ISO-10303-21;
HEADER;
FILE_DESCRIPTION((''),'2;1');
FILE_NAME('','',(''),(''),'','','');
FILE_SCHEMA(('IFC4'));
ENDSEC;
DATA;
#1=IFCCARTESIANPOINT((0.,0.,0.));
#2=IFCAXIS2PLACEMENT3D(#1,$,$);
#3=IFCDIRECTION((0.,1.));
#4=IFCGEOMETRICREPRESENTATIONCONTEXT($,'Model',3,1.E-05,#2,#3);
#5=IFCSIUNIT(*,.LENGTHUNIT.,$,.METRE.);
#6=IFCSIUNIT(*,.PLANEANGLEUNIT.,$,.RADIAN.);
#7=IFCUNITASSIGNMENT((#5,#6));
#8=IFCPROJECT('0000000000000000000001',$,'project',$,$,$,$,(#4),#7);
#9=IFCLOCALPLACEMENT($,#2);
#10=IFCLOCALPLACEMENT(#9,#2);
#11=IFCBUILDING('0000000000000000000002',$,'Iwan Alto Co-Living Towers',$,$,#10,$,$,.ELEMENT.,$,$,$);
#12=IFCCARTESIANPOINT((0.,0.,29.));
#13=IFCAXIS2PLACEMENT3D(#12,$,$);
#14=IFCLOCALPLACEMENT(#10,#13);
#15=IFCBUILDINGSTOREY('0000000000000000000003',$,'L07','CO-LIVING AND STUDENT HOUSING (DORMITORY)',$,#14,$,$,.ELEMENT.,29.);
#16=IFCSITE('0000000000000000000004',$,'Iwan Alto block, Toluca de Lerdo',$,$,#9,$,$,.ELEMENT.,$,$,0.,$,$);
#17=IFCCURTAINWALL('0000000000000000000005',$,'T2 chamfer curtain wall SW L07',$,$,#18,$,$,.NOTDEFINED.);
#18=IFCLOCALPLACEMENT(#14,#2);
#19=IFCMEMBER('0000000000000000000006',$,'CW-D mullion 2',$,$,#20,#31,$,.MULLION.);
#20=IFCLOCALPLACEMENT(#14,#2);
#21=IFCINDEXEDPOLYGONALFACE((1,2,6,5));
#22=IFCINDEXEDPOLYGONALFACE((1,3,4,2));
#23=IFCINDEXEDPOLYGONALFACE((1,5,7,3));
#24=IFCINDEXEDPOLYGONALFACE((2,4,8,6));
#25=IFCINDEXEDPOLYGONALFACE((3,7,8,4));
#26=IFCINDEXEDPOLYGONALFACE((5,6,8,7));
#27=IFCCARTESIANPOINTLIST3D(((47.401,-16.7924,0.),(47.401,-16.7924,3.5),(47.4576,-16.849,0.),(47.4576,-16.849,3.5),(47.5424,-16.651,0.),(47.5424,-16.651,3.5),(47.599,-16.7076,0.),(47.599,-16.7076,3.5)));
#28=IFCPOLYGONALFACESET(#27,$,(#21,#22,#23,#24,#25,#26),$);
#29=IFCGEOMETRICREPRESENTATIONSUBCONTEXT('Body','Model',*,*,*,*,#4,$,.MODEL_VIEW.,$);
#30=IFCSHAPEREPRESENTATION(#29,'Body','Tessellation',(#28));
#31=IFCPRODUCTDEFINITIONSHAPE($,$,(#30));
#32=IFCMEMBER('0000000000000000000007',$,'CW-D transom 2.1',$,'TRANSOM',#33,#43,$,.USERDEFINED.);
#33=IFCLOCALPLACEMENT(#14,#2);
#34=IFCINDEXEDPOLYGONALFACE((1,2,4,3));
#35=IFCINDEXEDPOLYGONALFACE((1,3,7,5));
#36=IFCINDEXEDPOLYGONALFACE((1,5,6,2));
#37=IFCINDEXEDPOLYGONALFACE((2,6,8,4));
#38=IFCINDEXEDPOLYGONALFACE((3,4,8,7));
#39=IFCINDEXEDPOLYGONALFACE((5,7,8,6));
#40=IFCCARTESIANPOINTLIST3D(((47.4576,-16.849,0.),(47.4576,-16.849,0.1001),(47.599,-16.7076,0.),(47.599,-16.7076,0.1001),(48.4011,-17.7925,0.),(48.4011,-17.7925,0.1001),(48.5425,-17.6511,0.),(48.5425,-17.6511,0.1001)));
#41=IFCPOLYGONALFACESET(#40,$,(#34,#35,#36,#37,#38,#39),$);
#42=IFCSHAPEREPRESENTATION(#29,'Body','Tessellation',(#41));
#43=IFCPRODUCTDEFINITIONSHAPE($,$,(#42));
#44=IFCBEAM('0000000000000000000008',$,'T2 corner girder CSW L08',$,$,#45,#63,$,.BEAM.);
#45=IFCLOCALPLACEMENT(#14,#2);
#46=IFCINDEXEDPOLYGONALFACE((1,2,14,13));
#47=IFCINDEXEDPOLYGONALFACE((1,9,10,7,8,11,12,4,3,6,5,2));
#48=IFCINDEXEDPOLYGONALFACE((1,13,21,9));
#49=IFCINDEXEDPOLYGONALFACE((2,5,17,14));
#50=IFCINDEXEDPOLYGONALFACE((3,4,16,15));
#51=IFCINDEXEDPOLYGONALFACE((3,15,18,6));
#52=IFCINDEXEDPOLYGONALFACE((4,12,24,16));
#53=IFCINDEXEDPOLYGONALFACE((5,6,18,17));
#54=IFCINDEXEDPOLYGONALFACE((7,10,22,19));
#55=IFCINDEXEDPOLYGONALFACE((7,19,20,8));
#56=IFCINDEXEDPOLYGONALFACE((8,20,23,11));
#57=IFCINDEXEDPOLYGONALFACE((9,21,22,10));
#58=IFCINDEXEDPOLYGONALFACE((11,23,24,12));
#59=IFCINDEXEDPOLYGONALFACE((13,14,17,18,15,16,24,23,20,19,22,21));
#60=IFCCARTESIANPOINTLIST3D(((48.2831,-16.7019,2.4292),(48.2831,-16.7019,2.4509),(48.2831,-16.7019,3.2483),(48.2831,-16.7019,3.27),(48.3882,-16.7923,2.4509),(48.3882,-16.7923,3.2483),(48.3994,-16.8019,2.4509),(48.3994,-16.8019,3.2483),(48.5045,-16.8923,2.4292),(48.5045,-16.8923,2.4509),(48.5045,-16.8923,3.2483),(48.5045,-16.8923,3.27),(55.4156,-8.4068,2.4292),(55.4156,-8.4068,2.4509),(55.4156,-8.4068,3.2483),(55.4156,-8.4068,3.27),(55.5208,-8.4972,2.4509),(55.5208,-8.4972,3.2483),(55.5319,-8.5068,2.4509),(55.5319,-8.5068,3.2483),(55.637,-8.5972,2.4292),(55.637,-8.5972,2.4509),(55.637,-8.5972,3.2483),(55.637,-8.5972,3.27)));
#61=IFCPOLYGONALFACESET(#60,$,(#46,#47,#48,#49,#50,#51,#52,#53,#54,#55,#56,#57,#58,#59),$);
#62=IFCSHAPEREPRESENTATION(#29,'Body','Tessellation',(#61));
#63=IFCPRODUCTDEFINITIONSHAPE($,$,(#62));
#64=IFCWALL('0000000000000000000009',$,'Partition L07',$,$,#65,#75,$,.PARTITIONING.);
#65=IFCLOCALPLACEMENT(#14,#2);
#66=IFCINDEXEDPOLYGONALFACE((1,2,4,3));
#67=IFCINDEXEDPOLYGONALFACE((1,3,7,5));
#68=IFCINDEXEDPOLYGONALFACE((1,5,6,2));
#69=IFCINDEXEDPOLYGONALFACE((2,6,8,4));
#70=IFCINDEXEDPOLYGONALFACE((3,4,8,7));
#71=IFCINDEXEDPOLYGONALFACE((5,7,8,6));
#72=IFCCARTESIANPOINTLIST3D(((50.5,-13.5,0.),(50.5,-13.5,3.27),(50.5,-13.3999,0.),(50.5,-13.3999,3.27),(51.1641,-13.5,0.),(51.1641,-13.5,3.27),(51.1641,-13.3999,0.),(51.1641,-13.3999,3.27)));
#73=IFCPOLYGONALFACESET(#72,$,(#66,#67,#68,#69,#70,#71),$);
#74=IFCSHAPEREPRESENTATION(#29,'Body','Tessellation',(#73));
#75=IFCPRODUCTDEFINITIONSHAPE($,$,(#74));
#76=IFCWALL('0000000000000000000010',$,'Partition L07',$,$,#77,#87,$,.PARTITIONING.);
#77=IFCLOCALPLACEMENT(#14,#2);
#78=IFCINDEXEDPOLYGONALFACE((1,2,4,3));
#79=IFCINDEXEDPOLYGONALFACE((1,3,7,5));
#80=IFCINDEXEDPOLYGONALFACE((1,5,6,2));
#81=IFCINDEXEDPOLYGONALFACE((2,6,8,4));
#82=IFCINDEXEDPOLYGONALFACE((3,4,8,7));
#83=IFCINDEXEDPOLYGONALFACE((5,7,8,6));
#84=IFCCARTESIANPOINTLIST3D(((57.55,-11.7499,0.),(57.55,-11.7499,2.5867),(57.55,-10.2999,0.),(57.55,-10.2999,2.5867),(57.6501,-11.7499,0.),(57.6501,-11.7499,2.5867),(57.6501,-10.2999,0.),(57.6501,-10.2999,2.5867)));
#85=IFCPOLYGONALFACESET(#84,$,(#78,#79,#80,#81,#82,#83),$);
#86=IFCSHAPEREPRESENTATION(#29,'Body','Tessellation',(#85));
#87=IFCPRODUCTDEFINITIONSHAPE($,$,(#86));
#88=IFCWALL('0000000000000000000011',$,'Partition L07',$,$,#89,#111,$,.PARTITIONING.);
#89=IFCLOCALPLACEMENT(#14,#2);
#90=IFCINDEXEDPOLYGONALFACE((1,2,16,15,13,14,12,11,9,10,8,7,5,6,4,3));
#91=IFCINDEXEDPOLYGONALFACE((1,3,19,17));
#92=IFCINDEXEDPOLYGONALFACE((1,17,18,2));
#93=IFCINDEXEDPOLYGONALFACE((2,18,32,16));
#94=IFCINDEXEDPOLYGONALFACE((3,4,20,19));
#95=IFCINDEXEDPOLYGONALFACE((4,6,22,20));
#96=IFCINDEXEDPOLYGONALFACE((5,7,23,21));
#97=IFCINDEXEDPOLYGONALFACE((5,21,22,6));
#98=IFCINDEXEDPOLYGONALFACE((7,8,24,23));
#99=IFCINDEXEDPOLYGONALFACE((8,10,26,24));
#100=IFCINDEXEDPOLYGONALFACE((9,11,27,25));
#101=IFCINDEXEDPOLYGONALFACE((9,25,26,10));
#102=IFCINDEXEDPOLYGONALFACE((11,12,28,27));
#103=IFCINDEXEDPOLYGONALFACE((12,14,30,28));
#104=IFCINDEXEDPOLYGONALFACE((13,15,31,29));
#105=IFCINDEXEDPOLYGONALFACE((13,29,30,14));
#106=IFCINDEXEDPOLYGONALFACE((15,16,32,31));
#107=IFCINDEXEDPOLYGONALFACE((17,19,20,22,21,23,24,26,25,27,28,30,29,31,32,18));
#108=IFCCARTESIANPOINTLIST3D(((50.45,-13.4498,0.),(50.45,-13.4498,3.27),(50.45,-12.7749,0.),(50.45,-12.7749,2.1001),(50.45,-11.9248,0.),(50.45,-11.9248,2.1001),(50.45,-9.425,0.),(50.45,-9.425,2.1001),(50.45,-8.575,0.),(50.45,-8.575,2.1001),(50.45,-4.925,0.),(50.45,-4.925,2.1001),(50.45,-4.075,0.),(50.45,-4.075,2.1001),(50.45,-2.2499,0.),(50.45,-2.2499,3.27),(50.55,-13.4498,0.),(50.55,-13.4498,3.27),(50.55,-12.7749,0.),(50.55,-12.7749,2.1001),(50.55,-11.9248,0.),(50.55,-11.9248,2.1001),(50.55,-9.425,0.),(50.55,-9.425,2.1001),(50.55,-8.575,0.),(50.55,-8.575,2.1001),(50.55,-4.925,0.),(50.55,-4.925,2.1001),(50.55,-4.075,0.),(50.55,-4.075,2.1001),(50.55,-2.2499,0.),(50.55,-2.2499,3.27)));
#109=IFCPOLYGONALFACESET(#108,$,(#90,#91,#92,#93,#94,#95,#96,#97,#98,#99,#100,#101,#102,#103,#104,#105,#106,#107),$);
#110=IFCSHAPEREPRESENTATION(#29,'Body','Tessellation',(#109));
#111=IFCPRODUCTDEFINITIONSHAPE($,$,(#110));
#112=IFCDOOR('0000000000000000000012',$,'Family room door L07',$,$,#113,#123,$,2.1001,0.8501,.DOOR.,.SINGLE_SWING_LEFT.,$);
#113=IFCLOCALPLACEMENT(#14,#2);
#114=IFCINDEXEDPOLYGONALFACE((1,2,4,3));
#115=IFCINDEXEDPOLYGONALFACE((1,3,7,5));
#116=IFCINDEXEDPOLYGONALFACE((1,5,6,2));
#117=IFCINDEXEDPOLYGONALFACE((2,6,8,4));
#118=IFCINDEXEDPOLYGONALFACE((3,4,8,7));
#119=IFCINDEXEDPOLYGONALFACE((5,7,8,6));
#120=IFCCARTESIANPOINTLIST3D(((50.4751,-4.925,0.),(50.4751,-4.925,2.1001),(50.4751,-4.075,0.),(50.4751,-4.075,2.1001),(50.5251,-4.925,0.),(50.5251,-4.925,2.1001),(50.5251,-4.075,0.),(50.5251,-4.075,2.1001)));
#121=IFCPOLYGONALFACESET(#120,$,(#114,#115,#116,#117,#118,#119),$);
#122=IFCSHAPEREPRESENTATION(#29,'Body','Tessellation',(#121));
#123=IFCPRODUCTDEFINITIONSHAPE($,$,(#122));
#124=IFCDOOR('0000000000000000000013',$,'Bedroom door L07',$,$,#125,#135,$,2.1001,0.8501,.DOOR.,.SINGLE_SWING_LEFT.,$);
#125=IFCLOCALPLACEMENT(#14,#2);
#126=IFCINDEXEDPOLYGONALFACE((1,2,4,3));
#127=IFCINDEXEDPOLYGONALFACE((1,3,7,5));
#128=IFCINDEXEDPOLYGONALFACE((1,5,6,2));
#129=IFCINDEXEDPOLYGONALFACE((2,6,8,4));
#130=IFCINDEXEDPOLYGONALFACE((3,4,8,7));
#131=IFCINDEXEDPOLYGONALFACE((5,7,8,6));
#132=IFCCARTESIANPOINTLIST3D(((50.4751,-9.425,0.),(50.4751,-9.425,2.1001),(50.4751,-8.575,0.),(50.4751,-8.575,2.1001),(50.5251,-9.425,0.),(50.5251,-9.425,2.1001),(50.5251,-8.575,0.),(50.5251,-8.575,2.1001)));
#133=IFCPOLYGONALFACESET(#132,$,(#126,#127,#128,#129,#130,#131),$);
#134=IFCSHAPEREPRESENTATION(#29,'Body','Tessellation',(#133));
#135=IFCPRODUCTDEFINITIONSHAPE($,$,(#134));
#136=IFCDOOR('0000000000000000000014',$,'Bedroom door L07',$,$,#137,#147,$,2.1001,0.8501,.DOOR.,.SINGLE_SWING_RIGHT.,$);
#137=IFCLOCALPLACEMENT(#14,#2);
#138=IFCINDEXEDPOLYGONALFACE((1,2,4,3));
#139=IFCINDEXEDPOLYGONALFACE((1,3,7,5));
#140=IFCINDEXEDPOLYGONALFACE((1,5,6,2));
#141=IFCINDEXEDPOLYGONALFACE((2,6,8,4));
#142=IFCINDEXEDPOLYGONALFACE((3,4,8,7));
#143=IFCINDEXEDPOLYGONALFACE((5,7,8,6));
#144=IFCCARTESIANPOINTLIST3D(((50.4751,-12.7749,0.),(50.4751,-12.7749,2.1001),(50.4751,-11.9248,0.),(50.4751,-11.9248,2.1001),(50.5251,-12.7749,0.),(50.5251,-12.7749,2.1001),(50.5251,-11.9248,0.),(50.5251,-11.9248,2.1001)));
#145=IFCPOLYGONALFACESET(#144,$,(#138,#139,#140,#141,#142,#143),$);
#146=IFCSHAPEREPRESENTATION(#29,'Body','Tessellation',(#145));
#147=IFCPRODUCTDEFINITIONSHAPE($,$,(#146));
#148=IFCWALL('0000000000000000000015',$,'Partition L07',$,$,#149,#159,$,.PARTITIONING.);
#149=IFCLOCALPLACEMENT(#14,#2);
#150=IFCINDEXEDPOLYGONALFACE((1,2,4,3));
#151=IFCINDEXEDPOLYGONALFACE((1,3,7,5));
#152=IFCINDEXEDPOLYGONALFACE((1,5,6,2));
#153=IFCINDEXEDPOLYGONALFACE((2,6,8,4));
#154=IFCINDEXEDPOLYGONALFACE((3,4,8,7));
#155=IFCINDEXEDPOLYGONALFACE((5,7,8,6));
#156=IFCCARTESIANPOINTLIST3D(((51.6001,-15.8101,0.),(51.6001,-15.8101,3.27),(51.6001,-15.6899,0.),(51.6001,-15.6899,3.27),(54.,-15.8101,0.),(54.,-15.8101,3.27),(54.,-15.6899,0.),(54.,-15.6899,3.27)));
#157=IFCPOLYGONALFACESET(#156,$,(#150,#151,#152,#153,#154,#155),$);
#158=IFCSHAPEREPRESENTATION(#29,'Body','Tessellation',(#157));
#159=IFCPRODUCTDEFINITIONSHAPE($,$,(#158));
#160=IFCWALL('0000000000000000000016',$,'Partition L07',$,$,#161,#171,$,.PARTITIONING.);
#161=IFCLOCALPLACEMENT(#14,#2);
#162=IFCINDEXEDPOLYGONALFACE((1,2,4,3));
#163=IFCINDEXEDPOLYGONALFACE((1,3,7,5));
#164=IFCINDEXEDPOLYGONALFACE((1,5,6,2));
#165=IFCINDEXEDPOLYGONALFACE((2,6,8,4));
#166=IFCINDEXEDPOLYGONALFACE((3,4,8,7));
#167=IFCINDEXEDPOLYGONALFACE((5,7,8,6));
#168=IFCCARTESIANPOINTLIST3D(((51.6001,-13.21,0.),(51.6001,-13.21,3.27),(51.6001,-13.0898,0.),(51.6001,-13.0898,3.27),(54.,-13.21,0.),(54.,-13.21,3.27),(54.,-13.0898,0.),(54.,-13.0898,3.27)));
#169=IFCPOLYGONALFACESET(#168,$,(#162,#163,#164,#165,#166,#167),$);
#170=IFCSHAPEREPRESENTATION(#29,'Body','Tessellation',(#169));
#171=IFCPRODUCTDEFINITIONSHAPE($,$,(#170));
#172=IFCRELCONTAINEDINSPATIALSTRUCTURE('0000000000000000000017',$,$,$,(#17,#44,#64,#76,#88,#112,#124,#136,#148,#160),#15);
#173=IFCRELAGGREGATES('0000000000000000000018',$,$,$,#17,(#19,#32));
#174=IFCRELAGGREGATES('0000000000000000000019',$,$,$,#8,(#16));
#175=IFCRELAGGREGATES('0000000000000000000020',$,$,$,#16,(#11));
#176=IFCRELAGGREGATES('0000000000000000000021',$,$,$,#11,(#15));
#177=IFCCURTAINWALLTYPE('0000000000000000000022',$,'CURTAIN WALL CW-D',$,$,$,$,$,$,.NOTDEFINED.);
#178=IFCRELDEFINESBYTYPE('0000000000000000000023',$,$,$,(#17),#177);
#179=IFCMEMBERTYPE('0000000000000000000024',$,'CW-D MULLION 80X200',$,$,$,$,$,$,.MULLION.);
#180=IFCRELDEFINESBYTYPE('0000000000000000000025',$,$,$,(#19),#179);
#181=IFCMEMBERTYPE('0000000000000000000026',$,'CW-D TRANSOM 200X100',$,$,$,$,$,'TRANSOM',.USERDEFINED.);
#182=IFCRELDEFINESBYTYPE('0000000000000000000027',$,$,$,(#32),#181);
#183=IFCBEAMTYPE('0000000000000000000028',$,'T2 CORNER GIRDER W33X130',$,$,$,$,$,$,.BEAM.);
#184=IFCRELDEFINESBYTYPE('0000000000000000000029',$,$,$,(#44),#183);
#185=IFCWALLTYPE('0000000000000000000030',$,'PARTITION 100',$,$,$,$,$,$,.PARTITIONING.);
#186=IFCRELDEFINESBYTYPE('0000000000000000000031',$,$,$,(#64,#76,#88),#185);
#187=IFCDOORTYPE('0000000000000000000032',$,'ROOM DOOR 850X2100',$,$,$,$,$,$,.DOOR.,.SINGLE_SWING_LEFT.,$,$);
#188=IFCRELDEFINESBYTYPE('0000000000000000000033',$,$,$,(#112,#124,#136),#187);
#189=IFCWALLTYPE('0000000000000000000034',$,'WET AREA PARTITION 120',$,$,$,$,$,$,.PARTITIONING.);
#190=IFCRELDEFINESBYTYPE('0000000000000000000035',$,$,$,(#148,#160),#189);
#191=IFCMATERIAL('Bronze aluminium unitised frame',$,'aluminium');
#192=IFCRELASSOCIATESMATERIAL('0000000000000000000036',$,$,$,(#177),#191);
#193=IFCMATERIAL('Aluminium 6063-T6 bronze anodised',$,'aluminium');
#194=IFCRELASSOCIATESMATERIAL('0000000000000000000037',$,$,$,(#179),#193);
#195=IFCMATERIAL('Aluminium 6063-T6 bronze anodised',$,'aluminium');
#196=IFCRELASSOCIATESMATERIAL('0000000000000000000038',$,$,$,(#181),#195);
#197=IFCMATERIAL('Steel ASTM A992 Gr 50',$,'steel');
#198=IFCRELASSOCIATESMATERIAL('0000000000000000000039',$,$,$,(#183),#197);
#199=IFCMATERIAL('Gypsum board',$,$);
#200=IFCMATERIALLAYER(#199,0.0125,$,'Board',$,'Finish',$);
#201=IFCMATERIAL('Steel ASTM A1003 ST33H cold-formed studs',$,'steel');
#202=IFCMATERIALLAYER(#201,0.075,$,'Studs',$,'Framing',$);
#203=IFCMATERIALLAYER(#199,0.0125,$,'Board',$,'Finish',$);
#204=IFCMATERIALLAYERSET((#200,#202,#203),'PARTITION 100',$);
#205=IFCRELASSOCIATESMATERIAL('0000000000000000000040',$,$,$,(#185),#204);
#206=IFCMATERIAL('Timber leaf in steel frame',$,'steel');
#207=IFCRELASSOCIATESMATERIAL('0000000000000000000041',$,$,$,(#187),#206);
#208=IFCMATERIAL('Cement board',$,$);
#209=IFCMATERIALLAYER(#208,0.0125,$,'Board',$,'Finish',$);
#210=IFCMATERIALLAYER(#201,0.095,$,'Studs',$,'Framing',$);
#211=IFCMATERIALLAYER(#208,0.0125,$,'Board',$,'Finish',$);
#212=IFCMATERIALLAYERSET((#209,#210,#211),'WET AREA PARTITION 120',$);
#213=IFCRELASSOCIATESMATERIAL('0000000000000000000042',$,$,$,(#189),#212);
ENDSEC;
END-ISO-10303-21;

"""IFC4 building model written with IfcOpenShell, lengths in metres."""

from ifc_helpers import new_model, si_unit, direction, frame, frame_2d, origin, origin_2d, place, context, subcontext, project, spatial, rectangle, i_section, extrude, material, layer, layer_set, material_profile, profile_set, type_object, element, fill, aggregate, save


model = new_model("IFC4")

# Units and contexts
model_context = context("Model", 3, precision=1e-05, world=origin(), true_north=direction((0.0, 1.0)))
body_context = subcontext(model_context, "Body", "Model", "MODEL_VIEW")
ifc_project = project(units=[si_unit("LENGTHUNIT", "METRE"), si_unit("PLANEANGLEUNIT", "RADIAN")], contexts=[model_context])

# Site, building, storey
site_placement = place(None, origin())
site = spatial("IfcSite", under=ifc_project, at=site_placement, Name="Iwan Alto block, Toluca de Lerdo", CompositionType="ELEMENT", RefElevation=0.0)
building_placement = place(site_placement, origin())
building = spatial("IfcBuilding", under=site, at=building_placement, Name="Iwan Alto Co-Living Towers", CompositionType="ELEMENT")
storey_placement = place(building_placement, frame((0.0, 0.0, 29.0)))
storey = spatial("IfcBuildingStorey", under=building, at=storey_placement, Name="L07", Description="CO-LIVING AND STUDENT HOUSING (DORMITORY)", CompositionType="ELEMENT", Elevation=29.0)

# Curtain wall, members
ifc_material_1 = material(Name="Bronze aluminium unitised frame", Category="aluminium")
curtain_wall_type = type_object("IfcCurtainWallType", Name="CURTAIN WALL CW-D", PredefinedType="NOTDEFINED", material=ifc_material_1)
curtain_wall_placement = place(storey_placement, origin())
curtain_wall = element("IfcCurtainWall", 1, at=curtain_wall_placement, inside=storey, type_object=curtain_wall_type, Name="T2 chamfer curtain wall SW L07", PredefinedType="NOTDEFINED")
ifc_material_2 = material(Name="Aluminium 6063-T6 bronze anodised", Category="aluminium")
ifc_material_profile_1 = material_profile(ifc_material_2, rectangle(XDim=0.2, YDim=0.0801, at=origin_2d()), Name="AL 80X200")
ifc_profile_set_1 = profile_set([ifc_material_profile_1], Name="Aluminium 6063-T6 bronze anodised")
member_type_1 = type_object("IfcMemberType", Name="CW-D MULLION 80X200", PredefinedType="MULLION", material=ifc_profile_set_1)
member_1_placement = place(storey_placement, frame((47.5, -16.75, 0.0), z_axis=(0.0, 0.0, 1.0), x_axis=(0.707107, 0.707107, 0.0)))
member_1 = element("IfcMember", 2, at=member_1_placement, type_object=member_type_1, Name="CW-D mullion 2", PredefinedType="MULLION", context=body_context, shape_type="SweptSolid", body=[
    extrude(rectangle(XDim=0.2, YDim=0.0801, at=origin_2d()), origin(), (0.0, 0.0, 1.0), 3.5),
])
ifc_material_3 = material(Name="Aluminium 6063-T6 bronze anodised", Category="aluminium")
ifc_material_profile_2 = material_profile(ifc_material_3, rectangle(XDim=0.2, YDim=0.1001, at=origin_2d()), Name="AL 200X100")
ifc_profile_set_2 = profile_set([ifc_material_profile_2], Name="Aluminium 6063-T6 bronze anodised")
member_type_2 = type_object("IfcMemberType", Name="CW-D TRANSOM 200X100", ElementType="TRANSOM", PredefinedType="USERDEFINED", material=ifc_profile_set_2)
member_2_placement = place(storey_placement, frame((47.5283, -16.7783, 0.05), z_axis=(0.707107, -0.707107, 0.0), x_axis=(0.707107, 0.707107, 0.0)))
member_2 = element("IfcMember", 3, at=member_2_placement, type_object=member_type_2, Name="CW-D transom 2.1", ObjectType="TRANSOM", PredefinedType="USERDEFINED", context=body_context, shape_type="SweptSolid", body=[
    extrude(rectangle(XDim=0.2, YDim=0.1001, at=origin_2d()), origin(), (0.0, 0.0, 1.0), 1.3342),
])
aggregate(curtain_wall, [member_1, member_2])

# Beam
ifc_material_4 = material(Name="Steel ASTM A992 Gr 50", Category="steel")
ifc_material_profile_3 = material_profile(ifc_material_4, i_section(OverallWidth=0.292, OverallDepth=0.8408, WebThickness=0.0146, FlangeThickness=0.0217, at=origin_2d()), Name="W33X130")
ifc_profile_set_3 = profile_set([ifc_material_profile_3], Name="Steel ASTM A992 Gr 50")
beam_type = type_object("IfcBeamType", Name="T2 CORNER GIRDER W33X130", PredefinedType="BEAM", material=ifc_profile_set_3)
beam_placement = place(storey_placement, frame((48.3938, -16.7971, 2.8496), z_axis=(0.651972, 0.758243, 0.0), x_axis=(-0.758243, 0.651972, 0.0)))
element("IfcBeam", 4, at=beam_placement, inside=storey, type_object=beam_type, Name="T2 corner girder CSW L08", PredefinedType="BEAM", context=body_context, shape_type="SweptSolid", body=[
    extrude(i_section(OverallWidth=0.292, OverallDepth=0.8408, WebThickness=0.0146, FlangeThickness=0.0217, at=origin_2d()), origin(), (0.0, 0.0, 1.0), 10.9399),
])

# Walls
ifc_material_5 = material(Name="Gypsum board")
ifc_layer_1 = layer(ifc_material_5, 0.0125, Name="Board", Category="Finish")
ifc_material_6 = material(Name="Steel ASTM A1003 ST33H cold-formed studs", Category="steel")
ifc_layer_2 = layer(ifc_material_6, 0.075, Name="Studs", Category="Framing")
ifc_layer_3 = layer(ifc_material_5, 0.0125, Name="Board", Category="Finish")
ifc_layer_set_1 = layer_set([ifc_layer_1, ifc_layer_2, ifc_layer_3], Name="PARTITION 100")
wall_type_1 = type_object("IfcWallType", Name="PARTITION 100", PredefinedType="PARTITIONING", material=ifc_layer_set_1)
wall_1_placement = place(storey_placement, frame((50.5, -13.45, 0.0), z_axis=(0.0, 0.0, 1.0), x_axis=(1.0, 0.0, 0.0)))
element("IfcWall", 5, at=wall_1_placement, inside=storey, type_object=wall_type_1, Name="Partition L07", PredefinedType="PARTITIONING", context=body_context, shape_type="SweptSolid", body=[
    extrude(rectangle(XDim=0.6641, YDim=0.1001, at=frame_2d((0.332, 0.0))), origin(), (0.0, 0.0, 1.0), 3.27),
])
wall_2_placement = place(storey_placement, frame((57.6001, -11.75, 0.0), z_axis=(0.0, 0.0, 1.0), x_axis=(0.0, 1.0, 0.0)))
element("IfcWall", 6, at=wall_2_placement, inside=storey, type_object=wall_type_1, Name="Partition L07", PredefinedType="PARTITIONING", context=body_context, shape_type="SweptSolid", body=[
    extrude(rectangle(XDim=1.45, YDim=0.1001, at=frame_2d((0.7251, 0.0))), origin(), (0.0, 0.0, 1.0), 2.5867),
])

# Wall, openings, doors
wall_3_placement = place(storey_placement, frame((50.5, -13.45, 0.0), z_axis=(0.0, 0.0, 1.0), x_axis=(0.0, 1.0, 0.0)))
wall_3 = element("IfcWall", 7, at=wall_3_placement, inside=storey, type_object=wall_type_1, Name="Partition L07", PredefinedType="PARTITIONING", context=body_context, shape_type="SweptSolid", body=[
    extrude(rectangle(XDim=11.2, YDim=0.1001, at=frame_2d((5.6001, 0.0))), origin(), (0.0, 0.0, 1.0), 3.27),
])
opening_1_placement = place(wall_3_placement, frame((8.5249, 0.0, 0.0)))
opening_1 = element("IfcOpeningElement", 8, at=opening_1_placement, cuts=wall_3, PredefinedType="OPENING", context=body_context, shape_type="SweptSolid", body=[
    extrude(rectangle(XDim=0.8501, YDim=2.1001, at=frame_2d((0.425, 1.05))), frame((0.0, 0.0601, 0.0), z_axis=(0.0, -1.0, 0.0), x_axis=(1.0, 0.0, 0.0)), (0.0, 0.0, 1.0), 0.1201),
])
opening_2_placement = place(wall_3_placement, frame((4.0249, 0.0, 0.0)))
opening_2 = element("IfcOpeningElement", 9, at=opening_2_placement, cuts=wall_3, PredefinedType="OPENING", context=body_context, shape_type="SweptSolid", body=[
    extrude(rectangle(XDim=0.8501, YDim=2.1001, at=frame_2d((0.425, 1.05))), frame((0.0, 0.0601, 0.0), z_axis=(0.0, -1.0, 0.0), x_axis=(1.0, 0.0, 0.0)), (0.0, 0.0, 1.0), 0.1201),
])
opening_3_placement = place(wall_3_placement, frame((0.675, 0.0, 0.0)))
opening_3 = element("IfcOpeningElement", 10, at=opening_3_placement, cuts=wall_3, PredefinedType="OPENING", context=body_context, shape_type="SweptSolid", body=[
    extrude(rectangle(XDim=0.8501, YDim=2.1001, at=frame_2d((0.425, 1.05))), frame((0.0, 0.0601, 0.0), z_axis=(0.0, -1.0, 0.0), x_axis=(1.0, 0.0, 0.0)), (0.0, 0.0, 1.0), 0.1201),
])
ifc_material_7 = material(Name="Timber leaf in steel frame", Category="steel")
door_type = type_object("IfcDoorType", Name="ROOM DOOR 850X2100", OperationType="SINGLE_SWING_LEFT", PredefinedType="DOOR", material=ifc_material_7)
door_1_placement = place(opening_1_placement, origin())
door_1 = element("IfcDoor", 11, at=door_1_placement, inside=storey, type_object=door_type, Name="Family room door L07", OperationType="SINGLE_SWING_LEFT", OverallHeight=2.1001, OverallWidth=0.8501, PredefinedType="DOOR", context=body_context, shape_type="SweptSolid", body=[
    extrude(rectangle(XDim=0.8501, YDim=2.1001, at=frame_2d((0.425, 1.05))), frame((0.0, 0.0249, 0.0), z_axis=(0.0, -1.0, 0.0), x_axis=(1.0, 0.0, 0.0)), (0.0, 0.0, 1.0), 0.05),
])
fill(opening_1, door_1)
door_2_placement = place(opening_2_placement, origin())
door_2 = element("IfcDoor", 12, at=door_2_placement, inside=storey, type_object=door_type, Name="Bedroom door L07", OperationType="SINGLE_SWING_LEFT", OverallHeight=2.1001, OverallWidth=0.8501, PredefinedType="DOOR", context=body_context, shape_type="SweptSolid", body=[
    extrude(rectangle(XDim=0.8501, YDim=2.1001, at=frame_2d((0.425, 1.05))), frame((0.0, 0.0249, 0.0), z_axis=(0.0, -1.0, 0.0), x_axis=(1.0, 0.0, 0.0)), (0.0, 0.0, 1.0), 0.05),
])
fill(opening_2, door_2)
door_3_placement = place(opening_3_placement, origin())
door_3 = element("IfcDoor", 13, at=door_3_placement, inside=storey, type_object=door_type, Name="Bedroom door L07", OperationType="SINGLE_SWING_RIGHT", OverallHeight=2.1001, OverallWidth=0.8501, PredefinedType="DOOR", context=body_context, shape_type="SweptSolid", body=[
    extrude(rectangle(XDim=0.8501, YDim=2.1001, at=frame_2d((0.425, 1.05))), frame((0.0, 0.0249, 0.0), z_axis=(0.0, -1.0, 0.0), x_axis=(1.0, 0.0, 0.0)), (0.0, 0.0, 1.0), 0.05),
])
fill(opening_3, door_3)

# Walls
ifc_material_8 = material(Name="Cement board")
ifc_layer_4 = layer(ifc_material_8, 0.0125, Name="Board", Category="Finish")
ifc_layer_5 = layer(ifc_material_6, 0.095, Name="Studs", Category="Framing")
ifc_layer_6 = layer(ifc_material_8, 0.0125, Name="Board", Category="Finish")
ifc_layer_set_2 = layer_set([ifc_layer_4, ifc_layer_5, ifc_layer_6], Name="WET AREA PARTITION 120")
wall_type_2 = type_object("IfcWallType", Name="WET AREA PARTITION 120", PredefinedType="PARTITIONING", material=ifc_layer_set_2)
for number, where, z_axis, x_axis, name in (
    (14, (51.6001, -15.75, 0.0), (0.0, 0.0, 1.0), (1.0, 0.0, 0.0), "Partition L07"),
    (15, (51.6001, -13.1499, 0.0), (0.0, 0.0, 1.0), (1.0, 0.0, 0.0), "Partition L07"),
):
    element("IfcWall", number, at=place(storey_placement, frame(where, z_axis=z_axis, x_axis=x_axis)), inside=storey, type_object=wall_type_2, Name=name, PredefinedType="PARTITIONING", context=body_context, shape_type="SweptSolid", body=[
        extrude(rectangle(XDim=2.3999, YDim=0.1201, at=frame_2d((1.2, 0.0))), origin(), (0.0, 0.0, 1.0), 3.27),
    ])

save(model, "model.ifc")
